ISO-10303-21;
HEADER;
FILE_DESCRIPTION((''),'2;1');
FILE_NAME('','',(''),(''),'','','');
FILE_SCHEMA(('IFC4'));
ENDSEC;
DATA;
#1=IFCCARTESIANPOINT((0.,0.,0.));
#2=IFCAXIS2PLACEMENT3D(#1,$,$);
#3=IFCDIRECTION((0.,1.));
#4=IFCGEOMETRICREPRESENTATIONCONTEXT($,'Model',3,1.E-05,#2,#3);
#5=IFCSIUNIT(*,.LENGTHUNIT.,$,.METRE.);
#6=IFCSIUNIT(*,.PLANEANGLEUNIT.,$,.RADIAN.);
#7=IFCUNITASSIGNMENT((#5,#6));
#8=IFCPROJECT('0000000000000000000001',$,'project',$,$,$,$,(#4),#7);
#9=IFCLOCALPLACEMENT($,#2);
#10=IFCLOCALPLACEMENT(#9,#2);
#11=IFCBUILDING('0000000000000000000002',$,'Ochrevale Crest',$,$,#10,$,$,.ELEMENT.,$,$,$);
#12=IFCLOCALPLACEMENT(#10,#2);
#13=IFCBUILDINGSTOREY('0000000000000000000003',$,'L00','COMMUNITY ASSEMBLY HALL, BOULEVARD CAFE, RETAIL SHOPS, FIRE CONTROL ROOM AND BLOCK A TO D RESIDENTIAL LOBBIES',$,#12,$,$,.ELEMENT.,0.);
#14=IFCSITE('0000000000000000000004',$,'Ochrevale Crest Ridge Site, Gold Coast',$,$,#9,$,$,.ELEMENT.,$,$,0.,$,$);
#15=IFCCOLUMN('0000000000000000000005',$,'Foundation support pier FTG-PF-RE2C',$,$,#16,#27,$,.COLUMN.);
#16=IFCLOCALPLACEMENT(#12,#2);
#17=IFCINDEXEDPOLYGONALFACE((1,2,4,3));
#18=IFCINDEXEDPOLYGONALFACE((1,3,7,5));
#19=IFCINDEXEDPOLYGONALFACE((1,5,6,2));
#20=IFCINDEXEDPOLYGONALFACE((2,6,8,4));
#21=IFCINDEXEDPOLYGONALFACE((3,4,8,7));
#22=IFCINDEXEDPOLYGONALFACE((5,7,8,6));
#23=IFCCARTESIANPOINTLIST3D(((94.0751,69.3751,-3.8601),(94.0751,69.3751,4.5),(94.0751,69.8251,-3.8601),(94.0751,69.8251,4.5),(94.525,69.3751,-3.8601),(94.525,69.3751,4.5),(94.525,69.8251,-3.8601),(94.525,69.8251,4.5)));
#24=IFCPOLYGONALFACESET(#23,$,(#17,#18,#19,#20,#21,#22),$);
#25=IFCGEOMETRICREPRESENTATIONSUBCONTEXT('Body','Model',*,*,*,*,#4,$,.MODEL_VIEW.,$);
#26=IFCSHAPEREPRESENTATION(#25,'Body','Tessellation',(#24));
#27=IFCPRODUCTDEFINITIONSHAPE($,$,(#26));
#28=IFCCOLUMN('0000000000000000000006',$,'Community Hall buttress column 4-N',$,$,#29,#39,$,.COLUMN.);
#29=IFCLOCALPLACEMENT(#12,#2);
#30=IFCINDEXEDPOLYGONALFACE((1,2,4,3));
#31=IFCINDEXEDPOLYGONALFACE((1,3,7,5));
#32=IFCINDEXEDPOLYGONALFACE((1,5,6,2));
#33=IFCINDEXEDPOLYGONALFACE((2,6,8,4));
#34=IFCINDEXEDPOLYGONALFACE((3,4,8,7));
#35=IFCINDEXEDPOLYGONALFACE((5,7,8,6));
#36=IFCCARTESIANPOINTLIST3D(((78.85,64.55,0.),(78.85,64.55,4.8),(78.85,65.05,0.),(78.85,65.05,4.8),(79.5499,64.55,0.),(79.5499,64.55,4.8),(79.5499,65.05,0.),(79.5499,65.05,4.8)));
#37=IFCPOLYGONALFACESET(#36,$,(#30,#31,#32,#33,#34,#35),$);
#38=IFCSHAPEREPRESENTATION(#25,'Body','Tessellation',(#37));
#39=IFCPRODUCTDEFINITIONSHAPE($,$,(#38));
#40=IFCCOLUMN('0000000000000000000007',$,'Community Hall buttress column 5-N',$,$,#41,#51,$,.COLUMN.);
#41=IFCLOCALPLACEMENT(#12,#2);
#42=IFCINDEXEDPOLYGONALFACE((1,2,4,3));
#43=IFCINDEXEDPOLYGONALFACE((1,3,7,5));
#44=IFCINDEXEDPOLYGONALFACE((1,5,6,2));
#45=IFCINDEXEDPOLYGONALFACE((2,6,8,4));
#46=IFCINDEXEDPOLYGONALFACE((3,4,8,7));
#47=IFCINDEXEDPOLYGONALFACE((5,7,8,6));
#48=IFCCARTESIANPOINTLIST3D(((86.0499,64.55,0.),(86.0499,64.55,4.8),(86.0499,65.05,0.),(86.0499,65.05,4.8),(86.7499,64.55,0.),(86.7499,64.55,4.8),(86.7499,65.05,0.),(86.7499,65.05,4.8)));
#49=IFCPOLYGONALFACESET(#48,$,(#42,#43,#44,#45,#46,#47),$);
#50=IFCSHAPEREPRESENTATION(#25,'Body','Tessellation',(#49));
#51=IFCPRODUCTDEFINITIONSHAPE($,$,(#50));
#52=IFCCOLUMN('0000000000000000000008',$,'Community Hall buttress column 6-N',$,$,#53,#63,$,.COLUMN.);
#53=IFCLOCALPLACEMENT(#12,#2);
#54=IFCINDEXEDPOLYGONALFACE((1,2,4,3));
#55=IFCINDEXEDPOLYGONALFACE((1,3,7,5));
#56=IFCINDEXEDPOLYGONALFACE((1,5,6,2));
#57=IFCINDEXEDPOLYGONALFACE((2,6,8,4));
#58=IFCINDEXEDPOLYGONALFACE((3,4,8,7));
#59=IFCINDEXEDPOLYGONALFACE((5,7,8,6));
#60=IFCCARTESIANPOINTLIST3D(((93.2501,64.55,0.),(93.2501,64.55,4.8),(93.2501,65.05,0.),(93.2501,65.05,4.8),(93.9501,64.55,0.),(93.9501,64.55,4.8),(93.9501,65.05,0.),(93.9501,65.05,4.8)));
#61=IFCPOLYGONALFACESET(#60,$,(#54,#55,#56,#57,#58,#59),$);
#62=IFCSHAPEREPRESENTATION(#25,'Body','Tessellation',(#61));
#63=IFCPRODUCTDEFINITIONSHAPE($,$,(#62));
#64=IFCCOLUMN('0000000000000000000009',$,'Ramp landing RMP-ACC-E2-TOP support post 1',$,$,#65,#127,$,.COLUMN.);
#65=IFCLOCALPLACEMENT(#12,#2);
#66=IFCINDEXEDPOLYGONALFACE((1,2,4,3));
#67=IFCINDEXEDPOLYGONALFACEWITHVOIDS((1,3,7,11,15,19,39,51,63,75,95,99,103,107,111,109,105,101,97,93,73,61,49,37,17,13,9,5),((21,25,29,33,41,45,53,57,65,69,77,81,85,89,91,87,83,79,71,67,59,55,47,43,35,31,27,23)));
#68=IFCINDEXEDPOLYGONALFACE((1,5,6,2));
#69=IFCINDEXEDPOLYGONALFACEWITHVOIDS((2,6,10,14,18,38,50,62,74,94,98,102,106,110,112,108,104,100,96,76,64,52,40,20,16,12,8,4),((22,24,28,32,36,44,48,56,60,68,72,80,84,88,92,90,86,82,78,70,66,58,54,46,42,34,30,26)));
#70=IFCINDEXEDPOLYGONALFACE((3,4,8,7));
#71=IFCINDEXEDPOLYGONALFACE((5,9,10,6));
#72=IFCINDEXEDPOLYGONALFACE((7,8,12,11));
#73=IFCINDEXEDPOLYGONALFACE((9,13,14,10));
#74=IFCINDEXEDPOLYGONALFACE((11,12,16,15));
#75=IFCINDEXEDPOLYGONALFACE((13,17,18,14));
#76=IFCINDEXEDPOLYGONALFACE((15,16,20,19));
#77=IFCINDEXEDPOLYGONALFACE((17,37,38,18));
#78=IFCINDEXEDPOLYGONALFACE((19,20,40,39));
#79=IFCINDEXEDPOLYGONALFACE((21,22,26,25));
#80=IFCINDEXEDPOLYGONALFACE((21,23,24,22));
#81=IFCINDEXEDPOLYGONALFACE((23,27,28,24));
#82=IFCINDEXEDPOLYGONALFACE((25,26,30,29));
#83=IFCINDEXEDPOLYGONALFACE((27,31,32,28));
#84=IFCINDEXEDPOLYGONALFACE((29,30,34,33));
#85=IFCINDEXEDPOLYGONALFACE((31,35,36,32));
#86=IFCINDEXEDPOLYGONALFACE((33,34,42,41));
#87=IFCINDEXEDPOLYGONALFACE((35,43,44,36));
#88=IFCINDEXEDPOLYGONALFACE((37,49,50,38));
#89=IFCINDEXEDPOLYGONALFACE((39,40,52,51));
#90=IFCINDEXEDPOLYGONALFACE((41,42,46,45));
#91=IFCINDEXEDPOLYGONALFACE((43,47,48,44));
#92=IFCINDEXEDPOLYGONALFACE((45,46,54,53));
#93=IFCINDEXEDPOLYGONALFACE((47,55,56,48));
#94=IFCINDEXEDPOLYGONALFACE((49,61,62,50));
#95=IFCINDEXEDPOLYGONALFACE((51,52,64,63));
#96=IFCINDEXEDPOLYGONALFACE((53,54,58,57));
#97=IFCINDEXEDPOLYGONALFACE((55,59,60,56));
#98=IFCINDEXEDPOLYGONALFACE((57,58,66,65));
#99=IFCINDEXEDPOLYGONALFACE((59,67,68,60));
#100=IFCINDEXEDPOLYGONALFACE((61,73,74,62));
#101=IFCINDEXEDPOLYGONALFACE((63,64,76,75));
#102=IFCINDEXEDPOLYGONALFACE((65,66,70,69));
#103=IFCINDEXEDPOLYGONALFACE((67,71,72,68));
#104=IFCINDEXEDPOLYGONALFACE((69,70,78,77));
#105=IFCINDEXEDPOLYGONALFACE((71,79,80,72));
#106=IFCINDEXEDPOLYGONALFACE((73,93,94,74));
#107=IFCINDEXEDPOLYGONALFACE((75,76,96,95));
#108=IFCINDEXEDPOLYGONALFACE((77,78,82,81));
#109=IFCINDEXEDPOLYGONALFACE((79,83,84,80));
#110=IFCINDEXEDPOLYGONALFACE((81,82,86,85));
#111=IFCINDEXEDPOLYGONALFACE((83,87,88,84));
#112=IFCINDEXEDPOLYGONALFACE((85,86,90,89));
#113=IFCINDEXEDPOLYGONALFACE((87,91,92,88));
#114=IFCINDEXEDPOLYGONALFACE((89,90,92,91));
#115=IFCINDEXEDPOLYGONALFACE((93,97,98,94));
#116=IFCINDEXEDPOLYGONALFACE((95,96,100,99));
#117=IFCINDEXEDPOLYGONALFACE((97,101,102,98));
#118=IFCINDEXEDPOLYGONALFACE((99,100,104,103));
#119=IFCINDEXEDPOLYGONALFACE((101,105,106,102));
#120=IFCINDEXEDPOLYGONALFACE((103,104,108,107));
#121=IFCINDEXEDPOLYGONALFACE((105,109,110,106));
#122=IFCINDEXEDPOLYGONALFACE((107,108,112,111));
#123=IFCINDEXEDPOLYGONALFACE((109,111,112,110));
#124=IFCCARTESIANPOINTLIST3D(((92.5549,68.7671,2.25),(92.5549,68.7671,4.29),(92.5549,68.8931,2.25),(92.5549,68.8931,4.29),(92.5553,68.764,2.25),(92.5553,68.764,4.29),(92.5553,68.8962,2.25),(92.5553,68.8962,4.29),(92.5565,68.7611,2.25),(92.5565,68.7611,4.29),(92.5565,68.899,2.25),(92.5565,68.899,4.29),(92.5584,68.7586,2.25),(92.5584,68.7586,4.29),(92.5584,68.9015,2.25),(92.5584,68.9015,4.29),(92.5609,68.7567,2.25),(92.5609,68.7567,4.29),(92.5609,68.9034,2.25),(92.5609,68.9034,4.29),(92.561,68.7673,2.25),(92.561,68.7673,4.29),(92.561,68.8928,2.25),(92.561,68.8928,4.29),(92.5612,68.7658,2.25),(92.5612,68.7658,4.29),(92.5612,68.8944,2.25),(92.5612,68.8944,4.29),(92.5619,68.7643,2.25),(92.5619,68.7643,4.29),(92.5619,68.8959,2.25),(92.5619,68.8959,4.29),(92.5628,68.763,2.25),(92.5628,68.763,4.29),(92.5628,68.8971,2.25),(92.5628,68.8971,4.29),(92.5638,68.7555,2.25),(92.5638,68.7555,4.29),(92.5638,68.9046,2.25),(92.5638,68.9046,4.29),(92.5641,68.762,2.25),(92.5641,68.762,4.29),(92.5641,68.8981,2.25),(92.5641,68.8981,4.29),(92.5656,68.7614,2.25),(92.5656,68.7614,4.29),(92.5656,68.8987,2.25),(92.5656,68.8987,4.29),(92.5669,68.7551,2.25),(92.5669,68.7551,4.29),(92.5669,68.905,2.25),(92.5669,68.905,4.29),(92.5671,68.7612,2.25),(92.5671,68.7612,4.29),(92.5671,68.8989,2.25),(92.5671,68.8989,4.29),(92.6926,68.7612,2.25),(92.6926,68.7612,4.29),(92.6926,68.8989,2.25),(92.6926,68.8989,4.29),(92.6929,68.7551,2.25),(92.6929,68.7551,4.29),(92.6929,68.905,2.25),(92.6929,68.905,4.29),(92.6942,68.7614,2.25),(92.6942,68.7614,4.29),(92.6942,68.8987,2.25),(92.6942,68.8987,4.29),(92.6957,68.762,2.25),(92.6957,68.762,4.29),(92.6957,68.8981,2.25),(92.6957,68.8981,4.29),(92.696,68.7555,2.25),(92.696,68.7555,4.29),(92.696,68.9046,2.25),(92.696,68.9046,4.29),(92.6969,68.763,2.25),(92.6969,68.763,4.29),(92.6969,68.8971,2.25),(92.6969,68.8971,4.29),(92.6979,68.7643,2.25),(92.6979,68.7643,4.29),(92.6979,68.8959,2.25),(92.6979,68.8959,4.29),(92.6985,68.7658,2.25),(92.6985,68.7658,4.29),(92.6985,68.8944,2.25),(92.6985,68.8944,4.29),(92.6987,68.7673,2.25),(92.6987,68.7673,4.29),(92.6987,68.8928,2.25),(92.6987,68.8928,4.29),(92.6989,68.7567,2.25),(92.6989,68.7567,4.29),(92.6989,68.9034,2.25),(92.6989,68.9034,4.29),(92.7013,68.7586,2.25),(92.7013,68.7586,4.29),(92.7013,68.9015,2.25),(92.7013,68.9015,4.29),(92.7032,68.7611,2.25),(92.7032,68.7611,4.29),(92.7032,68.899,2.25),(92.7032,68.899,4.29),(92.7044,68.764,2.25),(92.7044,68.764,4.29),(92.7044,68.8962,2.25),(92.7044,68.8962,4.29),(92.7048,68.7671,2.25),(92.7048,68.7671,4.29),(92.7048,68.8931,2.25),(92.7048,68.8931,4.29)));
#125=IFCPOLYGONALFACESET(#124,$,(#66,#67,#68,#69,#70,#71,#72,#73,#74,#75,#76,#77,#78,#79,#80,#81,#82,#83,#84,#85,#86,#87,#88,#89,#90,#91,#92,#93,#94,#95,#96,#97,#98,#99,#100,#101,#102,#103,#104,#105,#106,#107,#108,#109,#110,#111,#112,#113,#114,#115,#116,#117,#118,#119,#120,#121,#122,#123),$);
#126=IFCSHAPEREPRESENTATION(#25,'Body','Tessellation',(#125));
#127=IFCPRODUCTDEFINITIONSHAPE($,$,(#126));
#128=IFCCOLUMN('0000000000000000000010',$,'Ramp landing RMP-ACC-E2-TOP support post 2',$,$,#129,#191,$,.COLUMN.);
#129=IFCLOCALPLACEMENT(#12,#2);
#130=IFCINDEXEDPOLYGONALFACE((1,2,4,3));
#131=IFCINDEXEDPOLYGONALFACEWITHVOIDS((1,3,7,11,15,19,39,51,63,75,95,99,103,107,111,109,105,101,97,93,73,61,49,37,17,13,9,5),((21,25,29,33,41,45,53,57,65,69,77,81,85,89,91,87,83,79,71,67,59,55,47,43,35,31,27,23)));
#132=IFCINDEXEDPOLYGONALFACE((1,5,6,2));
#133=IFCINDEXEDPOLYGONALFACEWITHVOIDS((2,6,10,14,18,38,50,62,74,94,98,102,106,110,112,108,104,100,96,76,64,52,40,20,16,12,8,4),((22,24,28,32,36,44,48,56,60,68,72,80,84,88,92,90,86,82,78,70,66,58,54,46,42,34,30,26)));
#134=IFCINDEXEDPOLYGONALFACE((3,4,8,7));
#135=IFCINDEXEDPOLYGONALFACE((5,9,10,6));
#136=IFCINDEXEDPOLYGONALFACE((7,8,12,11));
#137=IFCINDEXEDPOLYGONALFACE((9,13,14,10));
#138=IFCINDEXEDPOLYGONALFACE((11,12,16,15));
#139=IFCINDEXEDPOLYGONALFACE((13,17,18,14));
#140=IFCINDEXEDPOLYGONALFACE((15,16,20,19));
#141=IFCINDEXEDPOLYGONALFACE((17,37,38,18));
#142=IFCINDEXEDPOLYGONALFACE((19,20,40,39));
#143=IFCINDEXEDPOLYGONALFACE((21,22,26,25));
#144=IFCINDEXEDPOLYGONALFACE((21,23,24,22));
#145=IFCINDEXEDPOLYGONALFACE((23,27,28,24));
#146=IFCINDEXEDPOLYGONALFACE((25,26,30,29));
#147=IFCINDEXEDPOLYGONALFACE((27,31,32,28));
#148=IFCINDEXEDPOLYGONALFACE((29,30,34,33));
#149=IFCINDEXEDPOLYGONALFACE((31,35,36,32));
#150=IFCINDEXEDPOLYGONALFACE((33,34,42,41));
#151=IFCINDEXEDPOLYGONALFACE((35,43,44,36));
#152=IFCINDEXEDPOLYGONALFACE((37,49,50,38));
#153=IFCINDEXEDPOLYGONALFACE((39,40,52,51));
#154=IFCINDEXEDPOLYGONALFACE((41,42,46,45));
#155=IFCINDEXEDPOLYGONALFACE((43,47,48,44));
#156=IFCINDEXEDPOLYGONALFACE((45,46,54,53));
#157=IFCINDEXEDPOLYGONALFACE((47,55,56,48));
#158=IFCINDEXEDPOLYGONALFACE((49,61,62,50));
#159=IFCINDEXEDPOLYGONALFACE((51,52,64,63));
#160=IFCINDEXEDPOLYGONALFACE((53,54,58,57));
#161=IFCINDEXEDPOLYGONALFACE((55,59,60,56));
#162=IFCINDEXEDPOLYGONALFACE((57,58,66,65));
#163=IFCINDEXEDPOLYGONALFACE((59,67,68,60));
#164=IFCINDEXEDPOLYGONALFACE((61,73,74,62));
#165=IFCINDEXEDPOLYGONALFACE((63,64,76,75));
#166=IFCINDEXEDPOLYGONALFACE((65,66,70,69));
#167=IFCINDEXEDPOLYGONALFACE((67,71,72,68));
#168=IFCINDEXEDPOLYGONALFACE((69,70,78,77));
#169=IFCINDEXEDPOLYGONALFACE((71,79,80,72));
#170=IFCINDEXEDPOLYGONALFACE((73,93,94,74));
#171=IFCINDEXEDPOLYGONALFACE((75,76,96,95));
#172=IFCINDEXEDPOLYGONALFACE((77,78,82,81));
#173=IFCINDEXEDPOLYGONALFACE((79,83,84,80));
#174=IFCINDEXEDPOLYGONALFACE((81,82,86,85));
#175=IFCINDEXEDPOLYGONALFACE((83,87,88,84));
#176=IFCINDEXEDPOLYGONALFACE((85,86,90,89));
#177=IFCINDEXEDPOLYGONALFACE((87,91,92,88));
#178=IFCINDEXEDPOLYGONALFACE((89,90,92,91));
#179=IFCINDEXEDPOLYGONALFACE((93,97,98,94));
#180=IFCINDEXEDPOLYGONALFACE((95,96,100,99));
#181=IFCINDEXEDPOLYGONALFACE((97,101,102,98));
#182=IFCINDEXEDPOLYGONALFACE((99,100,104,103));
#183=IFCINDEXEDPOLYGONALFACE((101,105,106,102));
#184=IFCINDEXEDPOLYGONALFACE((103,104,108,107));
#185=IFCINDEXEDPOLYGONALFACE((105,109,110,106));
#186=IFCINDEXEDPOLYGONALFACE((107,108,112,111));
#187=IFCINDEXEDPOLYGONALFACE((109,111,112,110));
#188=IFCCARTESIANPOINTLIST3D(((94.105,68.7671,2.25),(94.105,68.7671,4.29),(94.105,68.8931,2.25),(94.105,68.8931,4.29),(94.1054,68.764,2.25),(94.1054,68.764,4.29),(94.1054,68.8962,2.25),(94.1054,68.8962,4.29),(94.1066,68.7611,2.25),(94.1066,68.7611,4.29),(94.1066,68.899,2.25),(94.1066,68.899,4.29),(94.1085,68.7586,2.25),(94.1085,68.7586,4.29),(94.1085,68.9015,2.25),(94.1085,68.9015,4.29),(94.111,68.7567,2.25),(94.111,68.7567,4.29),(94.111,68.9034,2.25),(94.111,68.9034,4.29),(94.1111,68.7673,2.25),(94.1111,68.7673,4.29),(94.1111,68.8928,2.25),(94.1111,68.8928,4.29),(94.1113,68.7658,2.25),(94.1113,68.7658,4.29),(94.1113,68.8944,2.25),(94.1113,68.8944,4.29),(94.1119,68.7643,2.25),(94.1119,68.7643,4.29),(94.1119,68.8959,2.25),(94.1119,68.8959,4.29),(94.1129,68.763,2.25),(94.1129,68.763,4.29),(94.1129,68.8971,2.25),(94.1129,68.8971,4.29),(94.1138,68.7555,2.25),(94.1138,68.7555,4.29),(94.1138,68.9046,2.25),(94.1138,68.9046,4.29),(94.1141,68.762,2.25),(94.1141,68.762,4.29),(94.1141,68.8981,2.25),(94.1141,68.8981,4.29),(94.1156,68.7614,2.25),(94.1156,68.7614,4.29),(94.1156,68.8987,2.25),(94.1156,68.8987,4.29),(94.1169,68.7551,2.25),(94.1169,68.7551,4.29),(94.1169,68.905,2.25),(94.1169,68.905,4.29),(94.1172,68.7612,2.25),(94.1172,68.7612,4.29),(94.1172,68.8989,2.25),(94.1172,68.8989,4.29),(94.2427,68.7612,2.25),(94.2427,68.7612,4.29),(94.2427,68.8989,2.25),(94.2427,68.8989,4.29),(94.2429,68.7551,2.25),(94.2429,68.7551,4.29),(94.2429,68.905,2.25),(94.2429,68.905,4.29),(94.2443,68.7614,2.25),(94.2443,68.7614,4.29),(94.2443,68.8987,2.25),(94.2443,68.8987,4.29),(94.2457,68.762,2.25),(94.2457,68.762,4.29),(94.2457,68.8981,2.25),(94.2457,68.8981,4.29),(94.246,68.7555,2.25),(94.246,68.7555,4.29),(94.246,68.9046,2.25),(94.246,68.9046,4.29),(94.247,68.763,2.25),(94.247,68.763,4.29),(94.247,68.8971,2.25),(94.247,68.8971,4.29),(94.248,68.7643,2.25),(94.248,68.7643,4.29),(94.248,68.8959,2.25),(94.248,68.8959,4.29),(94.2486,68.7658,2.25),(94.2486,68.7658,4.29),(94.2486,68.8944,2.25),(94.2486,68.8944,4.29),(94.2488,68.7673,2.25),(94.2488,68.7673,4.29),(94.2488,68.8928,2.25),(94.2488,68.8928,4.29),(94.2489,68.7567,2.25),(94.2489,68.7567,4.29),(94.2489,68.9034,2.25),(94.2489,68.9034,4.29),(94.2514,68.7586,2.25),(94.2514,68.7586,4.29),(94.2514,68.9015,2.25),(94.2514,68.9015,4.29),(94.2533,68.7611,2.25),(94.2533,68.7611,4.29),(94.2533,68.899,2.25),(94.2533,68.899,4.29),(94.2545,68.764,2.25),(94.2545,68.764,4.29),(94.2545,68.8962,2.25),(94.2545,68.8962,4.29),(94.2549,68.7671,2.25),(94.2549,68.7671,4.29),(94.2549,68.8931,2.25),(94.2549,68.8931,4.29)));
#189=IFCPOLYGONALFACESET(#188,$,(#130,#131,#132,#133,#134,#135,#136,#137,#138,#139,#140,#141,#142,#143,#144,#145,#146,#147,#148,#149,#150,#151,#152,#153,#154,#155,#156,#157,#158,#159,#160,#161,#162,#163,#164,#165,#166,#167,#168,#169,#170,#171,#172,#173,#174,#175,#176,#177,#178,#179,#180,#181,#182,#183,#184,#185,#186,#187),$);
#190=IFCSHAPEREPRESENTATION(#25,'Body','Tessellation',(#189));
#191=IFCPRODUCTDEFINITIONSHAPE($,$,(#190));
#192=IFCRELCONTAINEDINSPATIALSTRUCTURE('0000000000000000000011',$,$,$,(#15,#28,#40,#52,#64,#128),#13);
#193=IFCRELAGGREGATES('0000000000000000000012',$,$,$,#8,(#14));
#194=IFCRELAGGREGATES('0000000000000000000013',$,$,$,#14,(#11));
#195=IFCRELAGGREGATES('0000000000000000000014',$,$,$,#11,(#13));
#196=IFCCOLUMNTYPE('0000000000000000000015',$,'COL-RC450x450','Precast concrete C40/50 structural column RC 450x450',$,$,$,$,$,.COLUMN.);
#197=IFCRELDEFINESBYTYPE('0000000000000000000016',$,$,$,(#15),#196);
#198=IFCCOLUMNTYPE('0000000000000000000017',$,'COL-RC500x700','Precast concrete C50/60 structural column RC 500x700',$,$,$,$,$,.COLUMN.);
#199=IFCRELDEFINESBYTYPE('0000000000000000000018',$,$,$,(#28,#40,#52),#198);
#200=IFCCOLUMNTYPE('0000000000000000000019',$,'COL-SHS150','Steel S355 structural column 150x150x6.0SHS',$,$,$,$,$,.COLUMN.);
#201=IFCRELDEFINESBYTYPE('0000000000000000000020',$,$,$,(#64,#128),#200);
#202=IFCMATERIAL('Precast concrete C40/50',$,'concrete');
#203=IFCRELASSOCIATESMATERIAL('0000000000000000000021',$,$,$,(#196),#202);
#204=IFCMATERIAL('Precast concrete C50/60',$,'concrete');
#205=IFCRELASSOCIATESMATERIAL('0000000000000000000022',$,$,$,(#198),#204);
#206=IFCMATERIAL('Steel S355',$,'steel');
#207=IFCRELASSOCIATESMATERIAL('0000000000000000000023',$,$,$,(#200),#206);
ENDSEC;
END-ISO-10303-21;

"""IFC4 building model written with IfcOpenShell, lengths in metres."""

from ifc_helpers import new_model, si_unit, direction, frame, origin, origin_2d, place, context, subcontext, project, spatial, rectangle, hollow_rectangle, extrude, material, material_profile, profile_set, type_object, element, save


model = new_model("IFC4")

# Units and contexts
model_context = context("Model", 3, precision=1e-05, world=origin(), true_north=direction((0.0, 1.0)))
body_context = subcontext(model_context, "Body", "Model", "MODEL_VIEW")
ifc_project = project(units=[si_unit("LENGTHUNIT", "METRE"), si_unit("PLANEANGLEUNIT", "RADIAN")], contexts=[model_context])

# Site, building, storey
site_placement = place(None, origin())
site = spatial("IfcSite", under=ifc_project, at=site_placement, Name="Ochrevale Crest Ridge Site, Gold Coast", CompositionType="ELEMENT", RefElevation=0.0)
building_placement = place(site_placement, origin())
building = spatial("IfcBuilding", under=site, at=building_placement, Name="Ochrevale Crest", CompositionType="ELEMENT")
storey_placement = place(building_placement, origin())
storey = spatial("IfcBuildingStorey", under=building, at=storey_placement, Name="L00", Description="COMMUNITY ASSEMBLY HALL, BOULEVARD CAFE, RETAIL SHOPS, FIRE CONTROL ROOM AND BLOCK A TO D RESIDENTIAL LOBBIES", CompositionType="ELEMENT", Elevation=0.0)

# Columns
ifc_material_1 = material(Name="Precast concrete C40/50", Category="concrete")
ifc_material_profile_1 = material_profile(ifc_material_1, rectangle(XDim=0.45, YDim=0.45, at=origin_2d()), Name="RC 450x450")
ifc_profile_set_1 = profile_set([ifc_material_profile_1], Name="Precast concrete C40/50")
column_type_1 = type_object("IfcColumnType", Name="COL-RC450x450", Description="Precast concrete C40/50 structural column RC 450x450", PredefinedType="COLUMN", material=ifc_profile_set_1)
column_placement = place(storey_placement, frame((94.3, 69.6001, -3.8601), z_axis=(0.0, 0.0, 1.0), x_axis=(1.0, 0.0, 0.0)))
element("IfcColumn", 1, at=column_placement, inside=storey, type_object=column_type_1, Name="Foundation support pier FTG-PF-RE2C", PredefinedType="COLUMN", context=body_context, shape_type="SweptSolid", body=[
    extrude(rectangle(XDim=0.45, YDim=0.45, at=origin_2d()), origin(), (0.0, 0.0, 1.0), 8.3601),
])
ifc_material_2 = material(Name="Precast concrete C50/60", Category="concrete")
ifc_material_profile_2 = material_profile(ifc_material_2, rectangle(XDim=0.5, YDim=0.7, at=origin_2d()), Name="RC 500x700")
ifc_profile_set_2 = profile_set([ifc_material_profile_2], Name="Precast concrete C50/60")
column_type_2 = type_object("IfcColumnType", Name="COL-RC500x700", Description="Precast concrete C50/60 structural column RC 500x700", PredefinedType="COLUMN", material=ifc_profile_set_2)
for number, where, z_axis, x_axis, name in (
    (2, (79.2, 64.8, 0.0), (0.0, 0.0, 1.0), (0.0, 1.0, 0.0), "Community Hall buttress column 4-N"),
    (3, (86.3999, 64.8, 0.0), (0.0, 0.0, 1.0), (0.0, 1.0, 0.0), "Community Hall buttress column 5-N"),
    (4, (93.6001, 64.8, 0.0), (0.0, 0.0, 1.0), (0.0, 1.0, 0.0), "Community Hall buttress column 6-N"),
):
    element("IfcColumn", number, at=place(storey_placement, frame(where, z_axis=z_axis, x_axis=x_axis)), inside=storey, type_object=column_type_2, Name=name, PredefinedType="COLUMN", context=body_context, shape_type="SweptSolid", body=[
        extrude(rectangle(XDim=0.5, YDim=0.7, at=origin_2d()), origin(), (0.0, 0.0, 1.0), 4.8),
    ])
ifc_material_3 = material(Name="Steel S355", Category="steel")
ifc_material_profile_3 = material_profile(ifc_material_3, hollow_rectangle(XDim=0.1499, YDim=0.1499, WallThickness=0.0061, InnerFilletRadius=0.0061, OuterFilletRadius=0.012, at=origin_2d()), Name="150x150x6.0SHS")
ifc_profile_set_3 = profile_set([ifc_material_profile_3], Name="Steel S355")
column_type_3 = type_object("IfcColumnType", Name="COL-SHS150", Description="Steel S355 structural column 150x150x6.0SHS", PredefinedType="COLUMN", material=ifc_profile_set_3)
for number, where, z_axis, x_axis, name in (
    (5, (92.6299, 68.8301, 2.25), (0.0, 0.0, 1.0), (1.0, 0.0, 0.0), "Ramp landing RMP-ACC-E2-TOP support post 1"),
    (6, (94.1799, 68.8301, 2.25), (0.0, 0.0, 1.0), (1.0, 0.0, 0.0), "Ramp landing RMP-ACC-E2-TOP support post 2"),
):
    element("IfcColumn", number, at=place(storey_placement, frame(where, z_axis=z_axis, x_axis=x_axis)), inside=storey, type_object=column_type_3, Name=name, PredefinedType="COLUMN", context=body_context, shape_type="SweptSolid", body=[
        extrude(hollow_rectangle(XDim=0.1499, YDim=0.1499, WallThickness=0.0061, InnerFilletRadius=0.0061, OuterFilletRadius=0.012, at=origin_2d()), origin(), (0.0, 0.0, 1.0), 2.04),
    ])

save(model, "model.ifc")
